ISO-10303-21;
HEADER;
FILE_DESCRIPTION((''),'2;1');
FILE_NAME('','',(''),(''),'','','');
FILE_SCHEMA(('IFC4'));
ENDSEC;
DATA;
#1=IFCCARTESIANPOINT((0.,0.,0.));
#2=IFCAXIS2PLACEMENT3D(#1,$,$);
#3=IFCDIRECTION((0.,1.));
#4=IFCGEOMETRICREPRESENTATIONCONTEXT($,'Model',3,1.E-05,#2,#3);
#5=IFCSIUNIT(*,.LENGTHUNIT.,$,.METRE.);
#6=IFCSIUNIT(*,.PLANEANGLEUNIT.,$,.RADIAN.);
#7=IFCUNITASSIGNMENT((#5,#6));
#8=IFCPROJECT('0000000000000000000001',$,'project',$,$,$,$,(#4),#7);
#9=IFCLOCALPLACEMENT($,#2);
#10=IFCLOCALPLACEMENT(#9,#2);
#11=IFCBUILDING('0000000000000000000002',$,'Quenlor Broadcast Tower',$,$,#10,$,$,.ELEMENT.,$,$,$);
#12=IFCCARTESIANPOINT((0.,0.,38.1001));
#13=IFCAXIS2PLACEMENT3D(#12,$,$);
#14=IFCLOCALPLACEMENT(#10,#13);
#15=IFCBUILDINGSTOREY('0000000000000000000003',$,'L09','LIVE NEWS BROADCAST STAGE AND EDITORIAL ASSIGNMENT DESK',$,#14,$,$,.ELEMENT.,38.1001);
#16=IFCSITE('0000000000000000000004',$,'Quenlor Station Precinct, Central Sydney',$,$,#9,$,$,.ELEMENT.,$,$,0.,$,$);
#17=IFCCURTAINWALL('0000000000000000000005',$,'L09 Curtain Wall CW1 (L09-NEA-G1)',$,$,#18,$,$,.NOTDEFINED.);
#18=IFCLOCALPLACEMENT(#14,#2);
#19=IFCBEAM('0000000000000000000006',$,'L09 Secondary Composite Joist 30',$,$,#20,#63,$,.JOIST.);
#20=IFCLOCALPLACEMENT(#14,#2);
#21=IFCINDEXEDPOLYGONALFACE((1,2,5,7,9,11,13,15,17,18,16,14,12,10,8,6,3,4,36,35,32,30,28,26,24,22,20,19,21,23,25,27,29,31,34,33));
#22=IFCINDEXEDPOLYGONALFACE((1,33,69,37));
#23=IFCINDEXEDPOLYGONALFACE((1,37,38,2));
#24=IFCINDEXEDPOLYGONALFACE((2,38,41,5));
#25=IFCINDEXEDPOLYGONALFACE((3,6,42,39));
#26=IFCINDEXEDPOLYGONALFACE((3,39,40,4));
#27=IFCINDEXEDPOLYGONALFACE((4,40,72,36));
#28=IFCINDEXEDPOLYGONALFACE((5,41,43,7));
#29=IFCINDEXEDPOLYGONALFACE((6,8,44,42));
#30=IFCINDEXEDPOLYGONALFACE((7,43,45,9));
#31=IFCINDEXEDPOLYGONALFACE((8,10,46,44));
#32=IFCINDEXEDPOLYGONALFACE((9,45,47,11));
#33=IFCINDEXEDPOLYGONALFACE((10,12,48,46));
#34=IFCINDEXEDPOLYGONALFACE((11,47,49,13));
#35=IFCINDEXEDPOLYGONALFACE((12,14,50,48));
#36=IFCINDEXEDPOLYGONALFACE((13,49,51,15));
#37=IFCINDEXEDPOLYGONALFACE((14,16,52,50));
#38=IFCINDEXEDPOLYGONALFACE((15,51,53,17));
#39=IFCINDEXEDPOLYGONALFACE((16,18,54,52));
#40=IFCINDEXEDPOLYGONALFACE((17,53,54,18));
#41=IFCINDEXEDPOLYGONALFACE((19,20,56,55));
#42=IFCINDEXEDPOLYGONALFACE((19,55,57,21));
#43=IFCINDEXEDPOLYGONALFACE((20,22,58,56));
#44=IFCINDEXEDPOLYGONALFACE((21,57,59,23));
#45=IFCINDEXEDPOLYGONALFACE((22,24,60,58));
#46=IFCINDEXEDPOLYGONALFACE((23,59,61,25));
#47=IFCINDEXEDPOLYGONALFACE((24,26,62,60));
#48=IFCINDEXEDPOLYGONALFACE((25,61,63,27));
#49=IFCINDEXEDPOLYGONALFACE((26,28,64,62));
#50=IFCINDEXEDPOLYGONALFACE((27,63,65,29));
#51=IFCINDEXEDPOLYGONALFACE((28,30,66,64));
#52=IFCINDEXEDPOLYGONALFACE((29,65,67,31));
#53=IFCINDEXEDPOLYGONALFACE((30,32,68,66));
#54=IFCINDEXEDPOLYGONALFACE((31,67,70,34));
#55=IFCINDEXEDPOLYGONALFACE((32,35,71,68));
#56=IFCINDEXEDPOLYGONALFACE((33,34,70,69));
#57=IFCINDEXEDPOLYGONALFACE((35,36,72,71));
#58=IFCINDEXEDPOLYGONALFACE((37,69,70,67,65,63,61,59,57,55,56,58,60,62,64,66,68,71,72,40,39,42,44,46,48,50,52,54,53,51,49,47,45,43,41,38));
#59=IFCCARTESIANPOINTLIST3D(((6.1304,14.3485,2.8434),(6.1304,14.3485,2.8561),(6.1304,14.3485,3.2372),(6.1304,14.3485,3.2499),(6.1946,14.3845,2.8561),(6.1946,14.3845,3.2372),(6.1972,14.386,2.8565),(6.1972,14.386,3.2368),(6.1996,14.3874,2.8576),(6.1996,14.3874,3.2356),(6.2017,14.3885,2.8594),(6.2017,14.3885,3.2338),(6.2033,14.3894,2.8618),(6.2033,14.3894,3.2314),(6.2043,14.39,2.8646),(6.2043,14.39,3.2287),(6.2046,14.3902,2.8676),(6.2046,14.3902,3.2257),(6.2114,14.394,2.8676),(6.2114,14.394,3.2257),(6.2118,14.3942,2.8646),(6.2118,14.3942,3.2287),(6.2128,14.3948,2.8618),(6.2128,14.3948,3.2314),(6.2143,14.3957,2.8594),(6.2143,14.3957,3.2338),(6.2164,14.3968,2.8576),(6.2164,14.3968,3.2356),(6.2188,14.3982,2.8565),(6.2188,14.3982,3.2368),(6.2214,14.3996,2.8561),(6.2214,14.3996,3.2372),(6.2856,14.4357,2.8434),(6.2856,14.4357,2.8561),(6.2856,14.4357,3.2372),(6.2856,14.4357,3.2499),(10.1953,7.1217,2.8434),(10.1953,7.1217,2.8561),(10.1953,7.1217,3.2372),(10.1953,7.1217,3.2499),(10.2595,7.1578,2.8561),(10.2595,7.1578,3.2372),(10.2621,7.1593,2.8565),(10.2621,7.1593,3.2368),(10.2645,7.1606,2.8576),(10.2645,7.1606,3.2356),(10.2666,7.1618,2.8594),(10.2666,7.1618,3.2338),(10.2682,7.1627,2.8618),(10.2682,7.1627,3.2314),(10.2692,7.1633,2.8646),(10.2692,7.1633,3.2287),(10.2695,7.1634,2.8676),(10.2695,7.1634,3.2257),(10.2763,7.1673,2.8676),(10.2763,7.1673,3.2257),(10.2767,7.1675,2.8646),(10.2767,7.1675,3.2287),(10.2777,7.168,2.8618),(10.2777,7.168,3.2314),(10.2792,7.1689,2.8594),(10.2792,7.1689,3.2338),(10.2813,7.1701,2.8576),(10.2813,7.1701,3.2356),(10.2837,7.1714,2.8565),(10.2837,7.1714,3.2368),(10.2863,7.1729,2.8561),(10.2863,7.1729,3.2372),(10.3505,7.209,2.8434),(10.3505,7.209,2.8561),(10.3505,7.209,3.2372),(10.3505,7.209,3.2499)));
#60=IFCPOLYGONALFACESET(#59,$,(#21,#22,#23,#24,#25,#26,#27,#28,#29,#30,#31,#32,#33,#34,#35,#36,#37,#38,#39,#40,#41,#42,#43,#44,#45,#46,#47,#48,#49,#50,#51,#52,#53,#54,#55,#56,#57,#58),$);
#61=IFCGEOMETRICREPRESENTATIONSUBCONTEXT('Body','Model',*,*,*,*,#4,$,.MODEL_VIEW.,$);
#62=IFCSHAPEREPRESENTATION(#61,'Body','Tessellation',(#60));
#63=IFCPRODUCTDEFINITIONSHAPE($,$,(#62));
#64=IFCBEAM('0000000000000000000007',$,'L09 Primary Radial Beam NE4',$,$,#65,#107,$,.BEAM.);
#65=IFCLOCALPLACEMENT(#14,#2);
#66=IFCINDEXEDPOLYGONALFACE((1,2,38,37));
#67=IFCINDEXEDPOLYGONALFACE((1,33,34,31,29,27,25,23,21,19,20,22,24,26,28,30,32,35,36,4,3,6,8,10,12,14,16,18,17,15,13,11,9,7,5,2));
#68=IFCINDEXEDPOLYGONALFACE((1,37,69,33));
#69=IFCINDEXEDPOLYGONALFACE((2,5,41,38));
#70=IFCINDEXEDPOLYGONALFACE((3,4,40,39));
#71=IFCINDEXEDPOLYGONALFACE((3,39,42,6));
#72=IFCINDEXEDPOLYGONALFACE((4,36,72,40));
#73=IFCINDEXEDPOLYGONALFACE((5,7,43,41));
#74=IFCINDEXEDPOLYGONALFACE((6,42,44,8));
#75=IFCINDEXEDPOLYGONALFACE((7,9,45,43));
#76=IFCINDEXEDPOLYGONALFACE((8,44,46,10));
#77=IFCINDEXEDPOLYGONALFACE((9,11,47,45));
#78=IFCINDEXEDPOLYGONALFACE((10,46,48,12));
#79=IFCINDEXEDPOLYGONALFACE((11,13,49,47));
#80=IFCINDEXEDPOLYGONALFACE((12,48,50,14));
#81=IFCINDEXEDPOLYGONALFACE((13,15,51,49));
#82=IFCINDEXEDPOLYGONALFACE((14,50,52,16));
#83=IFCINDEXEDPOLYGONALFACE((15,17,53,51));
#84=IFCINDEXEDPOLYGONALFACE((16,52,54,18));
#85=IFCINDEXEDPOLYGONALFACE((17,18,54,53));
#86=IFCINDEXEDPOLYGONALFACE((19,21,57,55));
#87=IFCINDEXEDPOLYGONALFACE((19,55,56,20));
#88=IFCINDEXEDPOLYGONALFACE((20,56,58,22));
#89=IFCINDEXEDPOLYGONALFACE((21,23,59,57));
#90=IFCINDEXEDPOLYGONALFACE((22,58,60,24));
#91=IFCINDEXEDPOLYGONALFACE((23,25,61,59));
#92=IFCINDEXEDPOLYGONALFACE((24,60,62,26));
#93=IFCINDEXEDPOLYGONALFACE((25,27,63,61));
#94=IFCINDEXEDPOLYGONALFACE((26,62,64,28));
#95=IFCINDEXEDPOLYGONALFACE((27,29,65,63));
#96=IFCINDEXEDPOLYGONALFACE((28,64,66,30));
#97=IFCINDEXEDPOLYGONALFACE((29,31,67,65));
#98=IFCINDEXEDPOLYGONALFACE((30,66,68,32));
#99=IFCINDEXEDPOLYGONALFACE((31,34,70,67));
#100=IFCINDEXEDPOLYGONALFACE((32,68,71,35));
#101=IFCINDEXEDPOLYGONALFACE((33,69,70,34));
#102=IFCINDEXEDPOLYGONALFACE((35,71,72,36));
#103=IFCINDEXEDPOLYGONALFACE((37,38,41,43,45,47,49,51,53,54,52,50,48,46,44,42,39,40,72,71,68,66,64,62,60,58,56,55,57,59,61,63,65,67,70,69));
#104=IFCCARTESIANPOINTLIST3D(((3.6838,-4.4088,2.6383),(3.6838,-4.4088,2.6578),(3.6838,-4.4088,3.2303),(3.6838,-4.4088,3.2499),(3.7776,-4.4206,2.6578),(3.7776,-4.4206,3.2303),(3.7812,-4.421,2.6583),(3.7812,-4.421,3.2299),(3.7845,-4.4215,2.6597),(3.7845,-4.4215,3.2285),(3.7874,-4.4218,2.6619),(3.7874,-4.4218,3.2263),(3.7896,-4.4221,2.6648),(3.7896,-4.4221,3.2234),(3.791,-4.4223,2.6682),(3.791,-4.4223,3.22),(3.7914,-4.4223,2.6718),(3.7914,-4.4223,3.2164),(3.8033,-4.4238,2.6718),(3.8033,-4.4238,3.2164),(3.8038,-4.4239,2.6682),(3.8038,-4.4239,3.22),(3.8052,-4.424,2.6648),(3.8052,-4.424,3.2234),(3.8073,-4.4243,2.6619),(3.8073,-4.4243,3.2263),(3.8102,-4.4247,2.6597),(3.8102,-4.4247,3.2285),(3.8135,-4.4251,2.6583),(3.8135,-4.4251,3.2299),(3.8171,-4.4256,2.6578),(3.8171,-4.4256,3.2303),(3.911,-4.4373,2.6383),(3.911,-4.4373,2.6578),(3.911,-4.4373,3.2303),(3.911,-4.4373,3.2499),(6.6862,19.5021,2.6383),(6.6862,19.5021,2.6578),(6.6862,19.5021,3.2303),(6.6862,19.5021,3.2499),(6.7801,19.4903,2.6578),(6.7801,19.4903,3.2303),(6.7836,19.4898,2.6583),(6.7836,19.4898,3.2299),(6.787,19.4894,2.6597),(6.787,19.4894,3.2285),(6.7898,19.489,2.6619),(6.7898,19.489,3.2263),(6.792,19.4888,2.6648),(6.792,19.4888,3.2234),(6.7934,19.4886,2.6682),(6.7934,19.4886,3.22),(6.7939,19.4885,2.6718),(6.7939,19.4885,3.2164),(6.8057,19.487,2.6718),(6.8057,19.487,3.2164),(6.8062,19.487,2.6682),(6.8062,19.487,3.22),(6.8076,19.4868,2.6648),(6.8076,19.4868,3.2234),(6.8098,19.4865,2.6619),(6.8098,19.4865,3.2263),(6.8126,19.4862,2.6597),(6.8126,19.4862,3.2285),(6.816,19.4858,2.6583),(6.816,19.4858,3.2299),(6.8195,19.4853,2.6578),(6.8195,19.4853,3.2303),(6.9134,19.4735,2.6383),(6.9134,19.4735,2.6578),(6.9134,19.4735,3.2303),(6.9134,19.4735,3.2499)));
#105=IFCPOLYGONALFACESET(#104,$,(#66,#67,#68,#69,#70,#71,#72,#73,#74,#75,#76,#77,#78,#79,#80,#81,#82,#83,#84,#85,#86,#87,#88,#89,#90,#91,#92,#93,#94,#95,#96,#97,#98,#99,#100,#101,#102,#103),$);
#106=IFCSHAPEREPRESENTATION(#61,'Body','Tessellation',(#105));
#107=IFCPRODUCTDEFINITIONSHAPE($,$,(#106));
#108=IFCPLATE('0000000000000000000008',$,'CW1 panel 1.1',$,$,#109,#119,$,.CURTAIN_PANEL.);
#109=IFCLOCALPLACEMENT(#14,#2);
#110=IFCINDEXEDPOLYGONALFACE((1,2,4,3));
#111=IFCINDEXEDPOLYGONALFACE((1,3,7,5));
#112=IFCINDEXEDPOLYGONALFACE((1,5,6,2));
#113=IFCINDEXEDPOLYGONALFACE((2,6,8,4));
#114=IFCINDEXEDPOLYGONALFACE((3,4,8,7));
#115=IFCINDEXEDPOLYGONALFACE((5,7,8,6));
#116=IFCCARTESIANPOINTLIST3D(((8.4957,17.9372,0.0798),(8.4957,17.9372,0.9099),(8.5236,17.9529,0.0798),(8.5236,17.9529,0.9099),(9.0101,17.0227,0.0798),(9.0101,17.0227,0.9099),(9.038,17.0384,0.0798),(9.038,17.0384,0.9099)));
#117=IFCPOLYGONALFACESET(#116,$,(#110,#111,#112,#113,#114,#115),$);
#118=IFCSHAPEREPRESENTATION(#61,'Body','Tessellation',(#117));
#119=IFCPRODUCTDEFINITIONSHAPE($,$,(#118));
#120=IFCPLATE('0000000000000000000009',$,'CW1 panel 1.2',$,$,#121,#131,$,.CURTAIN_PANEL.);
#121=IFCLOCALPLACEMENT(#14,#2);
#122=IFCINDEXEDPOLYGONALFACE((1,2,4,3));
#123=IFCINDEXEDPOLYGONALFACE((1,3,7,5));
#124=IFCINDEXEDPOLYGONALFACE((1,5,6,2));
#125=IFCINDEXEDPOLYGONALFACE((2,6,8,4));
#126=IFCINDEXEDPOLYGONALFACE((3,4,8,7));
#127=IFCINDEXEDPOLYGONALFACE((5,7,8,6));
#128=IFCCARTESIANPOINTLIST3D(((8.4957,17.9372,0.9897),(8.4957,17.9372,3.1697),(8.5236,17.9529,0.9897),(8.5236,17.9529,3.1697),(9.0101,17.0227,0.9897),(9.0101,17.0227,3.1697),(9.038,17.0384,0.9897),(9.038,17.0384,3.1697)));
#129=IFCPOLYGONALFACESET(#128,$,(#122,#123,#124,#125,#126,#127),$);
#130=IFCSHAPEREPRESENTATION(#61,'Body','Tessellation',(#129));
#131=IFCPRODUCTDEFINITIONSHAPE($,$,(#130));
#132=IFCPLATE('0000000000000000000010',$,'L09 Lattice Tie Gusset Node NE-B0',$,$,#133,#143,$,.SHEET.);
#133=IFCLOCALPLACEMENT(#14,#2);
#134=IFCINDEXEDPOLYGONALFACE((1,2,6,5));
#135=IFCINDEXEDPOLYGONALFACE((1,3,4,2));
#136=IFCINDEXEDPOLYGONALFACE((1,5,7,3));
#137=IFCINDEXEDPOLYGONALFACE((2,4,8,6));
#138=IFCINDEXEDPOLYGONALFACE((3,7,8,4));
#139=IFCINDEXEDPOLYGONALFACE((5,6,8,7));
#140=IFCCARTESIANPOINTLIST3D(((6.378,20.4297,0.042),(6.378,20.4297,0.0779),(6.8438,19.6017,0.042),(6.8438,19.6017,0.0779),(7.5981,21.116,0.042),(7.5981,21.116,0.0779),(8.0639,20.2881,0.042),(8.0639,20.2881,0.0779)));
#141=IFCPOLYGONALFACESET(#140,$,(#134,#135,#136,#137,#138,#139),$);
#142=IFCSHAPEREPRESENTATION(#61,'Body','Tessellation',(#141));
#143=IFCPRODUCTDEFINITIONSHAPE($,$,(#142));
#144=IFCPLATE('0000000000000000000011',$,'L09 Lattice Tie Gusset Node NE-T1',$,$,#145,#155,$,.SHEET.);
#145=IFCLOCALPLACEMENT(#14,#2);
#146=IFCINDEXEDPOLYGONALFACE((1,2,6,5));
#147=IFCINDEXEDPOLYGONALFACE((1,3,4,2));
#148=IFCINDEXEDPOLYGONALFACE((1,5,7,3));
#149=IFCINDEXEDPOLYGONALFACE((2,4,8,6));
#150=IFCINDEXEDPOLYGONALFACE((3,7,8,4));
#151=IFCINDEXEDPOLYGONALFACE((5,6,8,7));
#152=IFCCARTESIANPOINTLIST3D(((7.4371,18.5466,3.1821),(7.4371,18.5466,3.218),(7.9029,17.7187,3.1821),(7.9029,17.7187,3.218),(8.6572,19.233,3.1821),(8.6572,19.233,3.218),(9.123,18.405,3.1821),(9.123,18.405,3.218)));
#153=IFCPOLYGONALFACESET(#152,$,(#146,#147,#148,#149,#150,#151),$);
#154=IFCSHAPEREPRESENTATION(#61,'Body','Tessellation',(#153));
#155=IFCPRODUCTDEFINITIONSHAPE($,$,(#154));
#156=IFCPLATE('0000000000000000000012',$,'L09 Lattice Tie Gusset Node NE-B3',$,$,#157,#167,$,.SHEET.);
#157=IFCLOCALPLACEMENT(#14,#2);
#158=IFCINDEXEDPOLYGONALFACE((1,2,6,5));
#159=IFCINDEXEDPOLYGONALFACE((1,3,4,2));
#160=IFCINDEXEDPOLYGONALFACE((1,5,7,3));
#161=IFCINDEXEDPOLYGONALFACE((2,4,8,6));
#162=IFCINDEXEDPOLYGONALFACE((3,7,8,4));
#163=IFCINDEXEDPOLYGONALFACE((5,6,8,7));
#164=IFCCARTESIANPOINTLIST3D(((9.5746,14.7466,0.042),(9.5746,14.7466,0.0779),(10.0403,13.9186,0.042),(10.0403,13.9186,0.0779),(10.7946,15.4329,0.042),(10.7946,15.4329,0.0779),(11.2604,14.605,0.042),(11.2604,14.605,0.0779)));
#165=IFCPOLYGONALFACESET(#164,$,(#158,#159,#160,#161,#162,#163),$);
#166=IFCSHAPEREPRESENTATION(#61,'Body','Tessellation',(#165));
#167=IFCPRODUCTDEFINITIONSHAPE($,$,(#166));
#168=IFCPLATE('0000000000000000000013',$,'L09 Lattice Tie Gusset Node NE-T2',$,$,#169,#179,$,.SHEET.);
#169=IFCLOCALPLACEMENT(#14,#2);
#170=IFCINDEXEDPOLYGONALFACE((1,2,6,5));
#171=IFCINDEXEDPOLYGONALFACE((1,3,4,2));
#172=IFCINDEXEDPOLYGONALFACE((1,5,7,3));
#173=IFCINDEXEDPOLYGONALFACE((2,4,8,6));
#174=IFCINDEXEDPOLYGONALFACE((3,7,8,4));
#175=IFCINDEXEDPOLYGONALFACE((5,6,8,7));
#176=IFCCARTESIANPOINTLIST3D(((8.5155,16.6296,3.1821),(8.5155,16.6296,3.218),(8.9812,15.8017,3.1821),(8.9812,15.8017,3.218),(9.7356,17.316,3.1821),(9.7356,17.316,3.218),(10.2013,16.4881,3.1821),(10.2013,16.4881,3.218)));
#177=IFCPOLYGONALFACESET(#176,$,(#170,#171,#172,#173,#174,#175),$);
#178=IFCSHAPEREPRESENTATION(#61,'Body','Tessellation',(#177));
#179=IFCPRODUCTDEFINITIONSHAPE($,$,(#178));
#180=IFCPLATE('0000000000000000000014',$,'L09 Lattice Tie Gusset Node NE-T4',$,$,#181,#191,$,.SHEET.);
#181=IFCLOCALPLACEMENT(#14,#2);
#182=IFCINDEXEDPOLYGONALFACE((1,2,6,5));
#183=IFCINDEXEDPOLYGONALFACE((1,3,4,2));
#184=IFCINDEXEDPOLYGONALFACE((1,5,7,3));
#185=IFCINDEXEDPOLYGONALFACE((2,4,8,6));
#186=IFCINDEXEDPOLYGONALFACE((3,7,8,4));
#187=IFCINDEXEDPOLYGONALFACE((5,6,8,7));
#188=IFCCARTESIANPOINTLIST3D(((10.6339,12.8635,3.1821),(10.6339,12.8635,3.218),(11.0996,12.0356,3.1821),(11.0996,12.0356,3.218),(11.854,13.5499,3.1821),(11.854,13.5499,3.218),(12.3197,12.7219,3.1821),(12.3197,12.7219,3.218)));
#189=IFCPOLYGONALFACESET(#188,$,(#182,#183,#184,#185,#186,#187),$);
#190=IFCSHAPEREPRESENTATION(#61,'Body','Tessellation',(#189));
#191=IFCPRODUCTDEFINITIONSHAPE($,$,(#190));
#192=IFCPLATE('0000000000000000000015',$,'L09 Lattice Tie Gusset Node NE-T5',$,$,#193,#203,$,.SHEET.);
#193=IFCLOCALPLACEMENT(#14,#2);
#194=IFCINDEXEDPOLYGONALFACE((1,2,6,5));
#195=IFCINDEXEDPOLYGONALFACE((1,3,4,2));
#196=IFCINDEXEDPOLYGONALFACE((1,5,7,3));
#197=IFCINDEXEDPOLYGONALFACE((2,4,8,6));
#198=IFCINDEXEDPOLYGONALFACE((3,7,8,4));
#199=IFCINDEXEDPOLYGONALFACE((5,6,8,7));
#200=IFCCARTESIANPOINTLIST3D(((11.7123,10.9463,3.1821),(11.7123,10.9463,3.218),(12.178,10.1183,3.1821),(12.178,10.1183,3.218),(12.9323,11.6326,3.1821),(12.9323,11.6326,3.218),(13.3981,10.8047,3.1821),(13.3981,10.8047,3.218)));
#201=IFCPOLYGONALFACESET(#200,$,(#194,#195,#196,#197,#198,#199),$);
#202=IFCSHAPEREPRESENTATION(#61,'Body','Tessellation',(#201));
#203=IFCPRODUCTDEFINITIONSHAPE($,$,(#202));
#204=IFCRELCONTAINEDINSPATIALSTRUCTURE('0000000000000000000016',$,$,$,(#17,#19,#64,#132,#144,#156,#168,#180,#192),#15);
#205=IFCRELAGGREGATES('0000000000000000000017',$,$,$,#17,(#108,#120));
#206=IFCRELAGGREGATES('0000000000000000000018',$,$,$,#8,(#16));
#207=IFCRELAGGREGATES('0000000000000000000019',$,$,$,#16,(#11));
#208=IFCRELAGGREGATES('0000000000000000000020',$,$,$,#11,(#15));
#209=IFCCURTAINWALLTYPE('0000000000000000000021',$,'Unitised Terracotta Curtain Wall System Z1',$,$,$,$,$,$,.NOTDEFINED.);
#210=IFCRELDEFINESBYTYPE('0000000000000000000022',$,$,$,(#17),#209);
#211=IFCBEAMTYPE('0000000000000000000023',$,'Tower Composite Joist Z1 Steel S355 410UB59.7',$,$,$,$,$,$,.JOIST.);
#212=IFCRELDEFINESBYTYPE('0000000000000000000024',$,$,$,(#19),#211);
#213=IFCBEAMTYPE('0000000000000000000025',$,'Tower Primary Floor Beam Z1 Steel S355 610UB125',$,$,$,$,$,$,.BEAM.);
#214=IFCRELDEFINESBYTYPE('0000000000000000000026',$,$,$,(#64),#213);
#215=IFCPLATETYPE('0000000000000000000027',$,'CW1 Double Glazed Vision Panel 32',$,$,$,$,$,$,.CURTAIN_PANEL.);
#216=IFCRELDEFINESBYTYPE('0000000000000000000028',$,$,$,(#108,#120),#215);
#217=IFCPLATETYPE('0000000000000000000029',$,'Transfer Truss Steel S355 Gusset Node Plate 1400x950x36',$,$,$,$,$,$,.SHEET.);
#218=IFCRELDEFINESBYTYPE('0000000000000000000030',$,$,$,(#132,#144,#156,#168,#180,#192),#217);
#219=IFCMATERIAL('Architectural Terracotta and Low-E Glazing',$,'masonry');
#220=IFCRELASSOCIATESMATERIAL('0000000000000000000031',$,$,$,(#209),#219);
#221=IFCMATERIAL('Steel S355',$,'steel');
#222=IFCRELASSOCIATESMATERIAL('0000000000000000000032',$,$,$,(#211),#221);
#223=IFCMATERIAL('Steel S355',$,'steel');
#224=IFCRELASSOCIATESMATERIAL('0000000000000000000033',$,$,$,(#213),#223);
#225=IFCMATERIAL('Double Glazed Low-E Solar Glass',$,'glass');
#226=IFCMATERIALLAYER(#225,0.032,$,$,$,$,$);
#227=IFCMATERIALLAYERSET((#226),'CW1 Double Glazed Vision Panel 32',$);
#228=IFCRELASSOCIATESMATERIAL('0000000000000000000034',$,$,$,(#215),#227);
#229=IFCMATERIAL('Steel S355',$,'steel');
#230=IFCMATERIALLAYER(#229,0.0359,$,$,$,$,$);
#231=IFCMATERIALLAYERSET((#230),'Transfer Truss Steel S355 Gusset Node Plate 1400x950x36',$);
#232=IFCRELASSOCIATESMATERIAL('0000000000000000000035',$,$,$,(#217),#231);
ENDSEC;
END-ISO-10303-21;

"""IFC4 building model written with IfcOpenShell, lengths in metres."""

from ifc_helpers import new_model, si_unit, direction, frame, origin, origin_2d, place, context, subcontext, project, spatial, rectangle, i_section, extrude, material, layer, layer_set, material_profile, profile_set, type_object, element, aggregate, save


model = new_model("IFC4")

# Units and contexts
model_context = context("Model", 3, precision=1e-05, world=origin(), true_north=direction((0.0, 1.0)))
body_context = subcontext(model_context, "Body", "Model", "MODEL_VIEW")
ifc_project = project(units=[si_unit("LENGTHUNIT", "METRE"), si_unit("PLANEANGLEUNIT", "RADIAN")], contexts=[model_context])

# Site, building, storey
site_placement = place(None, origin())
site = spatial("IfcSite", under=ifc_project, at=site_placement, Name="Quenlor Station Precinct, Central Sydney", CompositionType="ELEMENT", RefElevation=0.0)
building_placement = place(site_placement, origin())
building = spatial("IfcBuilding", under=site, at=building_placement, Name="Quenlor Broadcast Tower", CompositionType="ELEMENT")
storey_placement = place(building_placement, frame((0.0, 0.0, 38.1001)))
storey = spatial("IfcBuildingStorey", under=building, at=storey_placement, Name="L09", Description="LIVE NEWS BROADCAST STAGE AND EDITORIAL ASSIGNMENT DESK", CompositionType="ELEMENT", Elevation=38.1001)

# Curtain wall
ifc_material_1 = material(Name="Architectural Terracotta and Low-E Glazing", Category="masonry")
curtain_wall_type = type_object("IfcCurtainWallType", Name="Unitised Terracotta Curtain Wall System Z1", PredefinedType="NOTDEFINED", material=ifc_material_1)
curtain_wall_placement = place(storey_placement, origin())
curtain_wall = element("IfcCurtainWall", 1, at=curtain_wall_placement, inside=storey, type_object=curtain_wall_type, Name="L09 Curtain Wall CW1 (L09-NEA-G1)", PredefinedType="NOTDEFINED")

# Beams
ifc_material_2 = material(Name="Steel S355", Category="steel")
ifc_material_profile_1 = material_profile(ifc_material_2, i_section(OverallWidth=0.178, OverallDepth=0.4065, WebThickness=0.0078, FlangeThickness=0.0127, FilletRadius=0.0115, at=origin_2d()))
ifc_profile_set_1 = profile_set([ifc_material_profile_1], Name="Steel S355 410UB59.7")
beam_type_1 = type_object("IfcBeamType", Name="Tower Composite Joist Z1 Steel S355 410UB59.7", PredefinedType="JOIST", material=ifc_profile_set_1)
beam_1_placement = place(storey_placement, frame((6.208, 14.3921, 3.0466), z_axis=(0.490249, -0.871583, 0.0), x_axis=(0.871583, 0.490249, 0.0)))
element("IfcBeam", 2, at=beam_1_placement, inside=storey, type_object=beam_type_1, Name="L09 Secondary Composite Joist 30", PredefinedType="JOIST", context=body_context, shape_type="SweptSolid", body=[
    extrude(i_section(OverallWidth=0.178, OverallDepth=0.4065, WebThickness=0.0078, FlangeThickness=0.0127, FilletRadius=0.0115, at=origin_2d()), origin(), (0.0, 0.0, 1.0), 8.2915),
])
ifc_material_3 = material(Name="Steel S355", Category="steel")
ifc_material_profile_2 = material_profile(ifc_material_3, i_section(OverallWidth=0.229, OverallDepth=0.6116, WebThickness=0.012, FlangeThickness=0.0195, FilletRadius=0.0139, at=origin_2d()))
ifc_profile_set_2 = profile_set([ifc_material_profile_2], Name="Steel S355 610UB125")
beam_type_2 = type_object("IfcBeamType", Name="Tower Primary Floor Beam Z1 Steel S355 610UB125", PredefinedType="BEAM", material=ifc_profile_set_2)
beam_2_placement = place(storey_placement, frame((6.7998, 19.4878, 2.9441), z_axis=(-0.12459, -0.992208, 0.0), x_axis=(0.992208, -0.12459, 0.0)))
element("IfcBeam", 3, at=beam_2_placement, inside=storey, type_object=beam_type_2, Name="L09 Primary Radial Beam NE4", PredefinedType="BEAM", context=body_context, shape_type="SweptSolid", body=[
    extrude(i_section(OverallWidth=0.229, OverallDepth=0.6116, WebThickness=0.012, FlangeThickness=0.0195, FilletRadius=0.0139, at=origin_2d()), origin(), (0.0, 0.0, 1.0), 24.0986),
])

# Plates
ifc_material_4 = material(Name="Double Glazed Low-E Solar Glass", Category="glass")
ifc_layer_1 = layer(ifc_material_4, 0.032)
ifc_layer_set_1 = layer_set([ifc_layer_1], Name="CW1 Double Glazed Vision Panel 32")
plate_type_1 = type_object("IfcPlateType", Name="CW1 Double Glazed Vision Panel 32", PredefinedType="CURTAIN_PANEL", material=ifc_layer_set_1)
plate_1_placement = place(storey_placement, frame((8.7668, 17.4878, 0.0798), z_axis=(0.0, 0.0, 1.0), x_axis=(0.490277, -0.871567, 0.0)))
plate_1 = element("IfcPlate", 4, at=plate_1_placement, type_object=plate_type_1, Name="CW1 panel 1.1", PredefinedType="CURTAIN_PANEL", context=body_context, shape_type="SweptSolid", body=[
    extrude(rectangle(XDim=1.0493, YDim=0.032, at=origin_2d()), origin(), (0.0, 0.0, 1.0), 0.8301),
])
plate_2_placement = place(storey_placement, frame((8.7668, 17.4878, 0.9897), z_axis=(0.0, 0.0, 1.0), x_axis=(0.490277, -0.871567, 0.0)))
plate_2 = element("IfcPlate", 5, at=plate_2_placement, type_object=plate_type_1, Name="CW1 panel 1.2", PredefinedType="CURTAIN_PANEL", context=body_context, shape_type="SweptSolid", body=[
    extrude(rectangle(XDim=1.0493, YDim=0.032, at=origin_2d()), origin(), (0.0, 0.0, 1.0), 2.1799),
])
aggregate(curtain_wall, [plate_1, plate_2])

# Plates
ifc_material_5 = material(Name="Steel S355", Category="steel")
ifc_layer_2 = layer(ifc_material_5, 0.0359)
ifc_layer_set_2 = layer_set([ifc_layer_2], Name="Transfer Truss Steel S355 Gusset Node Plate 1400x950x36")
plate_type_2 = type_object("IfcPlateType", Name="Transfer Truss Steel S355 Gusset Node Plate 1400x950x36", PredefinedType="SHEET", material=ifc_layer_set_2)
for number, where, z_axis, x_axis, name in (
    (6, (7.2209, 20.3589, 0.042), (0.0, 0.0, 1.0), (0.871556, 0.490295, 0.0), "L09 Lattice Tie Gusset Node NE-B0"),
    (7, (8.28, 18.4758, 3.1821), (0.0, 0.0, 1.0), (0.871556, 0.490295, 0.0), "L09 Lattice Tie Gusset Node NE-T1"),
    (8, (10.4175, 14.6758, 0.042), (0.0, 0.0, 1.0), (0.871556, 0.490295, 0.0), "L09 Lattice Tie Gusset Node NE-B3"),
    (9, (9.3584, 16.5588, 3.1821), (0.0, 0.0, 1.0), (0.871556, 0.490295, 0.0), "L09 Lattice Tie Gusset Node NE-T2"),
    (10, (11.4768, 12.7927, 3.1821), (0.0, 0.0, 1.0), (0.871556, 0.490295, 0.0), "L09 Lattice Tie Gusset Node NE-T4"),
    (11, (12.5552, 10.8755, 3.1821), (0.0, 0.0, 1.0), (0.871556, 0.490295, 0.0), "L09 Lattice Tie Gusset Node NE-T5"),
):
    element("IfcPlate", number, at=place(storey_placement, frame(where, z_axis=z_axis, x_axis=x_axis)), inside=storey, type_object=plate_type_2, Name=name, PredefinedType="SHEET", context=body_context, shape_type="SweptSolid", body=[
        extrude(rectangle(XDim=1.3999, YDim=0.95, at=origin_2d()), origin(), (0.0, 0.0, 1.0), 0.0359),
    ])

save(model, "model.ifc")
